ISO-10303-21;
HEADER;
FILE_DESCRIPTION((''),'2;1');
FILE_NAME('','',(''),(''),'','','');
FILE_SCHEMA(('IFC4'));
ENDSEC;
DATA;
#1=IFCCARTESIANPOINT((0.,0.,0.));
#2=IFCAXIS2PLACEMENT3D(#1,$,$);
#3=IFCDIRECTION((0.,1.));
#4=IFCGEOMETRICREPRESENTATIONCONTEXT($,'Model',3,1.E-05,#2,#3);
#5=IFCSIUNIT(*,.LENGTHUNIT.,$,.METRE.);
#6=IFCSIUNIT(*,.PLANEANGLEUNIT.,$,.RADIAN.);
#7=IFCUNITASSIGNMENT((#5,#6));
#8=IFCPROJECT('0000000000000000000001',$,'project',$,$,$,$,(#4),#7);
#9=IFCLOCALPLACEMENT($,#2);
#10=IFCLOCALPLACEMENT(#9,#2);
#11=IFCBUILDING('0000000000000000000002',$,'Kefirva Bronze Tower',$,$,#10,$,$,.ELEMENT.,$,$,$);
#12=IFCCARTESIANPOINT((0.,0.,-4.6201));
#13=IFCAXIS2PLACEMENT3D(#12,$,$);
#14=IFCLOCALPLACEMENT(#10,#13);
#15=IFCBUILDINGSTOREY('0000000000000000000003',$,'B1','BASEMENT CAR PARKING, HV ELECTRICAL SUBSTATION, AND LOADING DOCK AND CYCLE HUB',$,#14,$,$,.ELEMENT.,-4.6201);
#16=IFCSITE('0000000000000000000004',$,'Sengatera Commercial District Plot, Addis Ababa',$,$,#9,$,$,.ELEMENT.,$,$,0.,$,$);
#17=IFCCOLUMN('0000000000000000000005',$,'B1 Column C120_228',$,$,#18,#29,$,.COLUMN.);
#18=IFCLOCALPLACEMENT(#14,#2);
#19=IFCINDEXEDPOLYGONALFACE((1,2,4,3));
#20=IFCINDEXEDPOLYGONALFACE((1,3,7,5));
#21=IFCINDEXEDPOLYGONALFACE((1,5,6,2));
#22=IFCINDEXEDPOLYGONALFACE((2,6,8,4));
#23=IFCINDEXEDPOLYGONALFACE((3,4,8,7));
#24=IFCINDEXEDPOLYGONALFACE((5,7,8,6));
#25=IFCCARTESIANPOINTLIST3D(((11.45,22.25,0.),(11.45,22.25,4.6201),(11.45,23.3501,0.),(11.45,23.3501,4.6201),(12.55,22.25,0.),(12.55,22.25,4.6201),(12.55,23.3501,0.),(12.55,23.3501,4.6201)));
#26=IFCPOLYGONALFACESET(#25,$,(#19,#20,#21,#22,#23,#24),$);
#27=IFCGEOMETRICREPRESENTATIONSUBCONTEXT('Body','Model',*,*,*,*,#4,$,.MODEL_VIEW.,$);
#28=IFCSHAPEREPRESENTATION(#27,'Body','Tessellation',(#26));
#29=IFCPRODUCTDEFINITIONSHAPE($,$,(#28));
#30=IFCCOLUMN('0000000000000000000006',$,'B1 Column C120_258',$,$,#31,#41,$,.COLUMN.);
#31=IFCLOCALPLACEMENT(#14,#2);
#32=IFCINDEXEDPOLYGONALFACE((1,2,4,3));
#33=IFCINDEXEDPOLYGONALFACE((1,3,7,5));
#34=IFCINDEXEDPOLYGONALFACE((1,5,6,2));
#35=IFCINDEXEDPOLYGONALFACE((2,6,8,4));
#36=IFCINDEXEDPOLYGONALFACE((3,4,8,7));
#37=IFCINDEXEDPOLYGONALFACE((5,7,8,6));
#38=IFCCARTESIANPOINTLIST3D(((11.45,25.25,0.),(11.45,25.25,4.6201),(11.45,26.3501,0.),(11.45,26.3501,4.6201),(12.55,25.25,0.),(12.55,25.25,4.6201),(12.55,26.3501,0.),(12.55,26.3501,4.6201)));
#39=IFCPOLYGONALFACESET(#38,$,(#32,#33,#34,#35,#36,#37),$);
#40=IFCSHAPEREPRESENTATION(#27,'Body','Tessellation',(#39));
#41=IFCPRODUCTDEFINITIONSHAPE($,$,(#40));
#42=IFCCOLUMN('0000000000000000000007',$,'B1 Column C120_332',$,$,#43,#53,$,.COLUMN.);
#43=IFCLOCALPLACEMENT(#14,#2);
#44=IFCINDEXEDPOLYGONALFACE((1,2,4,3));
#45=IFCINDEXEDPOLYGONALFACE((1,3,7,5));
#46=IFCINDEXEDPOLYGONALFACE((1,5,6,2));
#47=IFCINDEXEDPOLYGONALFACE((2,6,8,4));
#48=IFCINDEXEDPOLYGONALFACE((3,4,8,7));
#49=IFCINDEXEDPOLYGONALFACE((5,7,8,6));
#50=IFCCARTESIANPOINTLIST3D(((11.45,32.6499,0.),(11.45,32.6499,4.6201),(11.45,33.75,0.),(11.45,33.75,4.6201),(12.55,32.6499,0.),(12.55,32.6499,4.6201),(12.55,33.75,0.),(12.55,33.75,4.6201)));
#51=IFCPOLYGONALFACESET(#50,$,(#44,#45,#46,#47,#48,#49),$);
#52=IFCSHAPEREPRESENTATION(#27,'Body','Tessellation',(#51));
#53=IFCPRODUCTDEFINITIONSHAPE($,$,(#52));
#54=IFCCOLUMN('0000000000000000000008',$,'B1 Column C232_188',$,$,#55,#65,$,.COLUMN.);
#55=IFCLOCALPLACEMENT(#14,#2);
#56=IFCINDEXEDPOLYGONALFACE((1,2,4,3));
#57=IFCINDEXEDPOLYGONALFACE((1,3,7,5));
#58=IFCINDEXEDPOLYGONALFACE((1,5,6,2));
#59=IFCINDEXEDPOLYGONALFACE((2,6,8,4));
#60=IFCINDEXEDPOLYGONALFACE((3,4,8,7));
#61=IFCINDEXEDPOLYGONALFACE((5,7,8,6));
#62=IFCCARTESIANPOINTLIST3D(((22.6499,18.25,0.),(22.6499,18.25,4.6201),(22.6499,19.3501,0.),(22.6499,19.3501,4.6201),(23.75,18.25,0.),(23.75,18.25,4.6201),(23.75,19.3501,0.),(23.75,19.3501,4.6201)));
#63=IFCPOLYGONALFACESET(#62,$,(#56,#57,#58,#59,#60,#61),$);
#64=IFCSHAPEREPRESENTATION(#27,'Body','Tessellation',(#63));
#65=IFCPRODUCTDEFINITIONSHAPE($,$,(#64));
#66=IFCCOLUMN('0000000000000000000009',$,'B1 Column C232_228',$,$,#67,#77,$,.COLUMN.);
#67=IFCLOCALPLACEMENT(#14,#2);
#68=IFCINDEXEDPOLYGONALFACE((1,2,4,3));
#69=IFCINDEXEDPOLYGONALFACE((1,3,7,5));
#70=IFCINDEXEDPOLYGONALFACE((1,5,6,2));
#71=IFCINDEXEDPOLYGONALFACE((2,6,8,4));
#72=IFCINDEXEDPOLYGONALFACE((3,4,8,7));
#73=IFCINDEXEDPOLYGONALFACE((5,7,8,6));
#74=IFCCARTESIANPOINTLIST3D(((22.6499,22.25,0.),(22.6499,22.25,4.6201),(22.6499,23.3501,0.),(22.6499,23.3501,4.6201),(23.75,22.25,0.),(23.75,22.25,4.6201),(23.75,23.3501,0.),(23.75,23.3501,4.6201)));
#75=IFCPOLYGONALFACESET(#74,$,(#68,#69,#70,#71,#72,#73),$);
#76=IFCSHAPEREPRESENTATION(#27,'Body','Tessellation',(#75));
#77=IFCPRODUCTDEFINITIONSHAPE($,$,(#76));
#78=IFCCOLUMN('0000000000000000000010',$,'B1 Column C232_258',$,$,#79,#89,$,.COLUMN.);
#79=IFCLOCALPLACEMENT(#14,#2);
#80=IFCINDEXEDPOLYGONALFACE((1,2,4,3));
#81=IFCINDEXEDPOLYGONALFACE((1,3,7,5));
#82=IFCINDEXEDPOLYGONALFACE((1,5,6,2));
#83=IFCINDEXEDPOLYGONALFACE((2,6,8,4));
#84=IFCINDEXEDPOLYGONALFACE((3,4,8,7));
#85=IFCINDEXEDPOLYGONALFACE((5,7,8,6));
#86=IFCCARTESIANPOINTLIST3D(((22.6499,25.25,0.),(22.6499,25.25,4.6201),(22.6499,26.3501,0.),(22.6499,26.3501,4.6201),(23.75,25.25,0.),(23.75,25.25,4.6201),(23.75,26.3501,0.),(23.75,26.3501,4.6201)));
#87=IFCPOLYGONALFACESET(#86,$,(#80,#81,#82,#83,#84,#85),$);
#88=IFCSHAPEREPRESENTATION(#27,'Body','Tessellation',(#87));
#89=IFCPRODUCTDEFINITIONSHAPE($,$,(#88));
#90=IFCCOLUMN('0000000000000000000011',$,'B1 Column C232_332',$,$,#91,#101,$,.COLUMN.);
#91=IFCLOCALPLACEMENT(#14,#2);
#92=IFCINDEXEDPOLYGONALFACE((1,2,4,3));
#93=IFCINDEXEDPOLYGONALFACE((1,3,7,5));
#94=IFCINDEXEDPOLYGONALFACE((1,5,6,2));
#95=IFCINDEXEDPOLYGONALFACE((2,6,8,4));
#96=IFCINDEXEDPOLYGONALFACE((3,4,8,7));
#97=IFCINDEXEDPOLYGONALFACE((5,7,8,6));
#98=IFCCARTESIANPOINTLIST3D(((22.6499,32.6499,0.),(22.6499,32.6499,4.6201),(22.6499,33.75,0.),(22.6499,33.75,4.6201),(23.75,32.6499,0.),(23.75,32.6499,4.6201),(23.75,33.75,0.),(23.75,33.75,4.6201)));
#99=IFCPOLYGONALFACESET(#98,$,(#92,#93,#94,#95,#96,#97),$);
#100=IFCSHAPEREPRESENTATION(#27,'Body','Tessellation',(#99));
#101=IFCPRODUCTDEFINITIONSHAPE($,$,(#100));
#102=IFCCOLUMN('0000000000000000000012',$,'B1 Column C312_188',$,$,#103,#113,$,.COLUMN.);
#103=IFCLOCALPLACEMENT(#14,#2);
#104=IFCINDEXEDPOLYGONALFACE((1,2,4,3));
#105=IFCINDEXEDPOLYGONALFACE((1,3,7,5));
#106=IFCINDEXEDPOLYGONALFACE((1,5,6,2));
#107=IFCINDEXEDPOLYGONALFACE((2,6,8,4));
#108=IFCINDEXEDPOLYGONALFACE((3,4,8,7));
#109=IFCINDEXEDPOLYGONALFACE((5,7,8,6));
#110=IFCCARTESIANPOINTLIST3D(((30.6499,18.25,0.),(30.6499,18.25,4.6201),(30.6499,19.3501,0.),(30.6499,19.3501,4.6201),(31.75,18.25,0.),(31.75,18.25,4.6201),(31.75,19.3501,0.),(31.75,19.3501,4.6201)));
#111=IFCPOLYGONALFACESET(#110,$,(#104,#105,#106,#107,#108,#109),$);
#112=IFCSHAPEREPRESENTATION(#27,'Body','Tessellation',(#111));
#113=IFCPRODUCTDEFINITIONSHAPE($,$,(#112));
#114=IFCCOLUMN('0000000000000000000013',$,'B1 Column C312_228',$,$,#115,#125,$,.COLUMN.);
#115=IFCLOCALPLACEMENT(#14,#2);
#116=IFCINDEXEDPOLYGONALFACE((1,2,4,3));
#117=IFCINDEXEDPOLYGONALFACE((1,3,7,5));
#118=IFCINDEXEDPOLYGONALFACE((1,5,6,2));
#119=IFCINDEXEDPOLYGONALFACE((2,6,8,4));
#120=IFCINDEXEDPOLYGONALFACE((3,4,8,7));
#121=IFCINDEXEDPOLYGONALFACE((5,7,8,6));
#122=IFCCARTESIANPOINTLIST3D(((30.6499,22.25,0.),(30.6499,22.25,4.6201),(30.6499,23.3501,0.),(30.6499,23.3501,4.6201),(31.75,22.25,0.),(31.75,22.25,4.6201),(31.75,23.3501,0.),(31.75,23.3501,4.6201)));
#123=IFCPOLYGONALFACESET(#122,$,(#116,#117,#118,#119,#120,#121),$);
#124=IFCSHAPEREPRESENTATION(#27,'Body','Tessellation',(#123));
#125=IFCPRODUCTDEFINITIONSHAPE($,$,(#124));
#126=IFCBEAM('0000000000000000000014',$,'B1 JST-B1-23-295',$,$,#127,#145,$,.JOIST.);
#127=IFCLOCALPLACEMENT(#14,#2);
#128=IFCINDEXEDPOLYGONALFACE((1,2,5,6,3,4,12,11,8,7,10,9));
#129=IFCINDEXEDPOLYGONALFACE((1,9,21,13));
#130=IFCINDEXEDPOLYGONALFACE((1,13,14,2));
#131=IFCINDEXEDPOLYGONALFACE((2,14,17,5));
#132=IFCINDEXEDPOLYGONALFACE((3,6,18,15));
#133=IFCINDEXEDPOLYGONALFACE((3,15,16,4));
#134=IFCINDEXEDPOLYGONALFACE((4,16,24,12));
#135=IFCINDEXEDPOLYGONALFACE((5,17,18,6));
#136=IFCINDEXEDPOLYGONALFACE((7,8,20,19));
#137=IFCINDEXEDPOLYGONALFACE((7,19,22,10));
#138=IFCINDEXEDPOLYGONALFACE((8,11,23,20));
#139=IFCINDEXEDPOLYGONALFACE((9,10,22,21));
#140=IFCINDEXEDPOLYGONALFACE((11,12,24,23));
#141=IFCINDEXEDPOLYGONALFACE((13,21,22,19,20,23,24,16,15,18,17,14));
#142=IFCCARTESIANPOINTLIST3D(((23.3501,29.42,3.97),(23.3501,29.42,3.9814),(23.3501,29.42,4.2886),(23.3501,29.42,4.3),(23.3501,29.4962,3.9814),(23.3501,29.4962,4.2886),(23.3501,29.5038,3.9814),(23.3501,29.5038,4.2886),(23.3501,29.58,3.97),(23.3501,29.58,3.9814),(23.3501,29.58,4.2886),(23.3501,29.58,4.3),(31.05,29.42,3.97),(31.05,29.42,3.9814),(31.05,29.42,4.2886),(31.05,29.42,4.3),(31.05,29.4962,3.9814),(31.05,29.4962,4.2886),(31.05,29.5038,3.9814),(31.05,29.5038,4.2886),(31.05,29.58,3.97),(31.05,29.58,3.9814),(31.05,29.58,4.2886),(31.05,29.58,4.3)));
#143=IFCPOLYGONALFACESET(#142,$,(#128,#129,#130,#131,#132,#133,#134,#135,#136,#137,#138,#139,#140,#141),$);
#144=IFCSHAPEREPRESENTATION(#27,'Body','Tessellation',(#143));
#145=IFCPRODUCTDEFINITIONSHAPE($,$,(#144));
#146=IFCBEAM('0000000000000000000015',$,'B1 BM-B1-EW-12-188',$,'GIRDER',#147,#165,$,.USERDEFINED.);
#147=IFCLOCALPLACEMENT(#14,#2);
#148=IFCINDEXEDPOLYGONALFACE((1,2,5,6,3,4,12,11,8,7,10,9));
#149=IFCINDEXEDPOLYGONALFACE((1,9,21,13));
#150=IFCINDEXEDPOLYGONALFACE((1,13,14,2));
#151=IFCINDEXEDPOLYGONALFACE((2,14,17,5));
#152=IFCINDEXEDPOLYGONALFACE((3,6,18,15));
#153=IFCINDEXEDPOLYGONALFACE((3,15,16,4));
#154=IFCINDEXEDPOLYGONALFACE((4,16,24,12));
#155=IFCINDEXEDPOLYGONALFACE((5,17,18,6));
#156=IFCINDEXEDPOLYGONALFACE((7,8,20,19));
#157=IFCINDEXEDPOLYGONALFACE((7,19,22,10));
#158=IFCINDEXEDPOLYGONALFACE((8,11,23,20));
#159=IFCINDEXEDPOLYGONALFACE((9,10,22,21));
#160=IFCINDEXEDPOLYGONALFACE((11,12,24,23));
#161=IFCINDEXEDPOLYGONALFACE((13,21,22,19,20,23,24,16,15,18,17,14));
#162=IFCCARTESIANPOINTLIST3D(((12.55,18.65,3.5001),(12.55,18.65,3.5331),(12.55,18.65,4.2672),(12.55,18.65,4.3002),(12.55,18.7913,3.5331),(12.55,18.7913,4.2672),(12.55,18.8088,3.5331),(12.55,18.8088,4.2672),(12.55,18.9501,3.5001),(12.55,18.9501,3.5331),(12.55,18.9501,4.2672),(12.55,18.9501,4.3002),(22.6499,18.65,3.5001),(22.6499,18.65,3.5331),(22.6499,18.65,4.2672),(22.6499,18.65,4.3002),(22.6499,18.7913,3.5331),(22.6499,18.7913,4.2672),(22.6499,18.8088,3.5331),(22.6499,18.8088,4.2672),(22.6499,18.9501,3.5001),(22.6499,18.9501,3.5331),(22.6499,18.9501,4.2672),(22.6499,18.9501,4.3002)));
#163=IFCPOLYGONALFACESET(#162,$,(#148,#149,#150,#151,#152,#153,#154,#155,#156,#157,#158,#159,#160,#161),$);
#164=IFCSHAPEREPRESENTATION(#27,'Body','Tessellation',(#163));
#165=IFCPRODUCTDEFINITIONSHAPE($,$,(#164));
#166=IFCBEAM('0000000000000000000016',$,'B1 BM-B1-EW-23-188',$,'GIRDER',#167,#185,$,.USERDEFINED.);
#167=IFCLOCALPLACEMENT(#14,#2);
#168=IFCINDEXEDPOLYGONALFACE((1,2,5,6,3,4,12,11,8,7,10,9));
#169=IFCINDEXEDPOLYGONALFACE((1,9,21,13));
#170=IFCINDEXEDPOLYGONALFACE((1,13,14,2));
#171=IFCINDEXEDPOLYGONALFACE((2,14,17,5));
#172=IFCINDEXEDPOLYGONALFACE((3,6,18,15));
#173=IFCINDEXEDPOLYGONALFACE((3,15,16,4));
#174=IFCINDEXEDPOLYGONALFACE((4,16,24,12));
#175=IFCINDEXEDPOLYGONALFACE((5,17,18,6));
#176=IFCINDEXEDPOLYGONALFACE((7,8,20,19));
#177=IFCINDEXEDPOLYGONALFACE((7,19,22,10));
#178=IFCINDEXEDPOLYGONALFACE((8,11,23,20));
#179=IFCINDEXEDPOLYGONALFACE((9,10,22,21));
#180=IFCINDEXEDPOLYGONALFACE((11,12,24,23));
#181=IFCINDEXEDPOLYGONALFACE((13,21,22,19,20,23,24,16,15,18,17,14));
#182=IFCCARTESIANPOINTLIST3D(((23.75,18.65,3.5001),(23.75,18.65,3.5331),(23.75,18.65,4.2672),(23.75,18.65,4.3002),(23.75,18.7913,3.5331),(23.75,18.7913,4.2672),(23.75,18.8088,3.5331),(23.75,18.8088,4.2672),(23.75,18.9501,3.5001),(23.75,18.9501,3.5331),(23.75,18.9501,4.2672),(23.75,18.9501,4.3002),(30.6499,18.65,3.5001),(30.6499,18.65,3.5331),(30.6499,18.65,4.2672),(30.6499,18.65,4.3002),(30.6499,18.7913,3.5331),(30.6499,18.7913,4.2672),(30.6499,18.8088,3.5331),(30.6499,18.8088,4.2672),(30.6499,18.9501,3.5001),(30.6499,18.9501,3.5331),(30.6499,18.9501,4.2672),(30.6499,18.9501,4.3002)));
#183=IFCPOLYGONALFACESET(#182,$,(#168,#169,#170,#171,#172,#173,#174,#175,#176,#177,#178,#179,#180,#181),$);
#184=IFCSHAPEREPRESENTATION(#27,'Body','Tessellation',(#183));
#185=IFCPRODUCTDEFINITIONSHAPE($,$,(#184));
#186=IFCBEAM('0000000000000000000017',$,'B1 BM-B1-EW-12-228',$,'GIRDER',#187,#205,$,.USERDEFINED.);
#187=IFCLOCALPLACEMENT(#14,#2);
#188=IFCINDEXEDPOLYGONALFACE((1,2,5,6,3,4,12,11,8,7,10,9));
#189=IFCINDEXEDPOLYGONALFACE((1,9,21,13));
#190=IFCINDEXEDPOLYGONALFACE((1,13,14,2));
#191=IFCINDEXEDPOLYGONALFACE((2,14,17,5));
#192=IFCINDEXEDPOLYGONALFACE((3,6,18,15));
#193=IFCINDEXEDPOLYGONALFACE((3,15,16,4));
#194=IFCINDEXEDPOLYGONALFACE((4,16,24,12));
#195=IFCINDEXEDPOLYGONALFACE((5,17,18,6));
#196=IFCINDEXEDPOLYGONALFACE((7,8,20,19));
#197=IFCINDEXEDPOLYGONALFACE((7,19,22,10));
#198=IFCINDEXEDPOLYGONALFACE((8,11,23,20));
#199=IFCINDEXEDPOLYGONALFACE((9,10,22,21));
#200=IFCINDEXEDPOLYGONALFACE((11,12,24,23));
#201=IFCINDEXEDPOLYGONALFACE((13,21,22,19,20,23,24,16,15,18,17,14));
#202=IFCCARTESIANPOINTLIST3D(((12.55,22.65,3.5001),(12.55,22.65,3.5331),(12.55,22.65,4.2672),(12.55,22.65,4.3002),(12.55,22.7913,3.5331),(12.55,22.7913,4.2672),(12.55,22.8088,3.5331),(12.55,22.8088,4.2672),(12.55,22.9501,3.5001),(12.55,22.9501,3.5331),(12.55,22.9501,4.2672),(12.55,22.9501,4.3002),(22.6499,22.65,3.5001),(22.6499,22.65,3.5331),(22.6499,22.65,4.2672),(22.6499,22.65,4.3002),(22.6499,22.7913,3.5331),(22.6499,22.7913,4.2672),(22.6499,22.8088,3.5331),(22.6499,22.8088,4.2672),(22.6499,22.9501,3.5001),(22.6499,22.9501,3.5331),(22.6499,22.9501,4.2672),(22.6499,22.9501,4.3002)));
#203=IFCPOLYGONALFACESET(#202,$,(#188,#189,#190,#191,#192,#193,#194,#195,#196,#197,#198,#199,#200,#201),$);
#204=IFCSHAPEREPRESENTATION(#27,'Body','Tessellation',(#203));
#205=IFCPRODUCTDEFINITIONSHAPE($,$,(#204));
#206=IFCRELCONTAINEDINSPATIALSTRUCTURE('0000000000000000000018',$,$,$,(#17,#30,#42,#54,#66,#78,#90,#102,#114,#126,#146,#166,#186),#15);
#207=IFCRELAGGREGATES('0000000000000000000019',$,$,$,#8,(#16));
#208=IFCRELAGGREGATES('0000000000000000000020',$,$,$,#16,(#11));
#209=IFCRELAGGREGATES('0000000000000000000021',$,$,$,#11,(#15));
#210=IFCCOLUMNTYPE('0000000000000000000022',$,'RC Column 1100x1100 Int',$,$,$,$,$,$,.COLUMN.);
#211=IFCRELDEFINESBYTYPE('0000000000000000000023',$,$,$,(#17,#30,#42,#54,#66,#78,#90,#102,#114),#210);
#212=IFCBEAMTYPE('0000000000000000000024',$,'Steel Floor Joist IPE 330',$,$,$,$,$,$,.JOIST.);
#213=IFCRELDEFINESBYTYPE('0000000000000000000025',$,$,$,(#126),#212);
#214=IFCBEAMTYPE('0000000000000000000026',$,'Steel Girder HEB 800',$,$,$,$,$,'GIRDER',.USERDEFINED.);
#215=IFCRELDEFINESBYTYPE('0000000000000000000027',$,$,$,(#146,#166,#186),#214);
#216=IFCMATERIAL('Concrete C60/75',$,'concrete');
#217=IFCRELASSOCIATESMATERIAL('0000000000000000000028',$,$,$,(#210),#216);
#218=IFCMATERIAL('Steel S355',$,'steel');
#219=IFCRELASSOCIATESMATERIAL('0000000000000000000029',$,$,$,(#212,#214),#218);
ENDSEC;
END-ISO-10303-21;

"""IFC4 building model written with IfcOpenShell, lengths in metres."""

from ifc_helpers import new_model, si_unit, direction, frame, origin, origin_2d, place, context, subcontext, project, spatial, rectangle, i_section, extrude, material, material_profile, profile_set, type_object, element, save


model = new_model("IFC4")

# Units and contexts
model_context = context("Model", 3, precision=1e-05, world=origin(), true_north=direction((0.0, 1.0)))
body_context = subcontext(model_context, "Body", "Model", "MODEL_VIEW")
ifc_project = project(units=[si_unit("LENGTHUNIT", "METRE"), si_unit("PLANEANGLEUNIT", "RADIAN")], contexts=[model_context])

# Site, building, storey
site_placement = place(None, origin())
site = spatial("IfcSite", under=ifc_project, at=site_placement, Name="Sengatera Commercial District Plot, Addis Ababa", CompositionType="ELEMENT", RefElevation=0.0)
building_placement = place(site_placement, origin())
building = spatial("IfcBuilding", under=site, at=building_placement, Name="Kefirva Bronze Tower", CompositionType="ELEMENT")
storey_placement = place(building_placement, frame((0.0, 0.0, -4.6201)))
storey = spatial("IfcBuildingStorey", under=building, at=storey_placement, Name="B1", Description="BASEMENT CAR PARKING, HV ELECTRICAL SUBSTATION, AND LOADING DOCK AND CYCLE HUB", CompositionType="ELEMENT", Elevation=-4.6201)

# Columns
ifc_material_1 = material(Name="Concrete C60/75", Category="concrete")
ifc_material_profile_1 = material_profile(ifc_material_1, rectangle(XDim=1.1001, YDim=1.1001, at=origin_2d()), Name="RC 1100x1100")
ifc_profile_set_1 = profile_set([ifc_material_profile_1], Name="Concrete C60/75")
column_type = type_object("IfcColumnType", Name="RC Column 1100x1100 Int", PredefinedType="COLUMN", material=ifc_profile_set_1)
for number, where, z_axis, x_axis, name in (
    (1, (12.0, 22.8, 0.0), (0.0, 0.0, 1.0), (1.0, 0.0, 0.0), "B1 Column C120_228"),
    (2, (12.0, 25.8, 0.0), (0.0, 0.0, 1.0), (1.0, 0.0, 0.0), "B1 Column C120_258"),
    (3, (12.0, 33.2, 0.0), (0.0, 0.0, 1.0), (1.0, 0.0, 0.0), "B1 Column C120_332"),
    (4, (23.2, 18.8, 0.0), (0.0, 0.0, 1.0), (1.0, 0.0, 0.0), "B1 Column C232_188"),
    (5, (23.2, 22.8, 0.0), (0.0, 0.0, 1.0), (1.0, 0.0, 0.0), "B1 Column C232_228"),
    (6, (23.2, 25.8, 0.0), (0.0, 0.0, 1.0), (1.0, 0.0, 0.0), "B1 Column C232_258"),
    (7, (23.2, 33.2, 0.0), (0.0, 0.0, 1.0), (1.0, 0.0, 0.0), "B1 Column C232_332"),
    (8, (31.2, 18.8, 0.0), (0.0, 0.0, 1.0), (1.0, 0.0, 0.0), "B1 Column C312_188"),
    (9, (31.2, 22.8, 0.0), (0.0, 0.0, 1.0), (1.0, 0.0, 0.0), "B1 Column C312_228"),
):
    element("IfcColumn", number, at=place(storey_placement, frame(where, z_axis=z_axis, x_axis=x_axis)), inside=storey, type_object=column_type, Name=name, PredefinedType="COLUMN", context=body_context, shape_type="SweptSolid", body=[
        extrude(rectangle(XDim=1.1001, YDim=1.1001, at=origin_2d()), origin(), (0.0, 0.0, 1.0), 4.6201),
    ])

# Beams
ifc_material_2 = material(Name="Steel S355", Category="steel")
ifc_material_profile_2 = material_profile(ifc_material_2, i_section(OverallWidth=0.1599, OverallDepth=0.3301, WebThickness=0.0076, FlangeThickness=0.0115, at=origin_2d()), Name="IPE 330")
ifc_profile_set_2 = profile_set([ifc_material_profile_2], Name="Steel S355")
beam_type_1 = type_object("IfcBeamType", Name="Steel Floor Joist IPE 330", PredefinedType="JOIST", material=ifc_profile_set_2)
beam_1_placement = place(storey_placement, frame((23.3501, 29.5, 4.135), z_axis=(1.0, 0.0, 0.0), x_axis=(0.0, 1.0, 0.0)))
element("IfcBeam", 10, at=beam_1_placement, inside=storey, type_object=beam_type_1, Name="B1 JST-B1-23-295", PredefinedType="JOIST", context=body_context, shape_type="SweptSolid", body=[
    extrude(i_section(OverallWidth=0.1599, OverallDepth=0.3301, WebThickness=0.0076, FlangeThickness=0.0115, at=origin_2d()), origin(), (0.0, 0.0, 1.0), 7.7),
])
ifc_material_profile_3 = material_profile(ifc_material_2, i_section(OverallWidth=0.3, OverallDepth=0.8, WebThickness=0.0176, FlangeThickness=0.033, at=origin_2d()), Name="HEB 800")
ifc_profile_set_3 = profile_set([ifc_material_profile_3], Name="Steel S355")
beam_type_2 = type_object("IfcBeamType", Name="Steel Girder HEB 800", ElementType="GIRDER", PredefinedType="USERDEFINED", material=ifc_profile_set_3)
beam_2_placement = place(storey_placement, frame((12.55, 18.8, 3.9001), z_axis=(1.0, 0.0, 0.0), x_axis=(0.0, 1.0, 0.0)))
element("IfcBeam", 11, at=beam_2_placement, inside=storey, type_object=beam_type_2, Name="B1 BM-B1-EW-12-188", ObjectType="GIRDER", PredefinedType="USERDEFINED", context=body_context, shape_type="SweptSolid", body=[
    extrude(i_section(OverallWidth=0.3, OverallDepth=0.8, WebThickness=0.0176, FlangeThickness=0.033, at=origin_2d()), origin(), (0.0, 0.0, 1.0), 10.0999),
])
beam_3_placement = place(storey_placement, frame((23.75, 18.8, 3.9001), z_axis=(1.0, 0.0, 0.0), x_axis=(0.0, 1.0, 0.0)))
element("IfcBeam", 12, at=beam_3_placement, inside=storey, type_object=beam_type_2, Name="B1 BM-B1-EW-23-188", ObjectType="GIRDER", PredefinedType="USERDEFINED", context=body_context, shape_type="SweptSolid", body=[
    extrude(i_section(OverallWidth=0.3, OverallDepth=0.8, WebThickness=0.0176, FlangeThickness=0.033, at=origin_2d()), origin(), (0.0, 0.0, 1.0), 6.8999),
])
beam_4_placement = place(storey_placement, frame((12.55, 22.8, 3.9001), z_axis=(1.0, 0.0, 0.0), x_axis=(0.0, 1.0, 0.0)))
element("IfcBeam", 13, at=beam_4_placement, inside=storey, type_object=beam_type_2, Name="B1 BM-B1-EW-12-228", ObjectType="GIRDER", PredefinedType="USERDEFINED", context=body_context, shape_type="SweptSolid", body=[
    extrude(i_section(OverallWidth=0.3, OverallDepth=0.8, WebThickness=0.0176, FlangeThickness=0.033, at=origin_2d()), origin(), (0.0, 0.0, 1.0), 10.0999),
])

save(model, "model.ifc")
